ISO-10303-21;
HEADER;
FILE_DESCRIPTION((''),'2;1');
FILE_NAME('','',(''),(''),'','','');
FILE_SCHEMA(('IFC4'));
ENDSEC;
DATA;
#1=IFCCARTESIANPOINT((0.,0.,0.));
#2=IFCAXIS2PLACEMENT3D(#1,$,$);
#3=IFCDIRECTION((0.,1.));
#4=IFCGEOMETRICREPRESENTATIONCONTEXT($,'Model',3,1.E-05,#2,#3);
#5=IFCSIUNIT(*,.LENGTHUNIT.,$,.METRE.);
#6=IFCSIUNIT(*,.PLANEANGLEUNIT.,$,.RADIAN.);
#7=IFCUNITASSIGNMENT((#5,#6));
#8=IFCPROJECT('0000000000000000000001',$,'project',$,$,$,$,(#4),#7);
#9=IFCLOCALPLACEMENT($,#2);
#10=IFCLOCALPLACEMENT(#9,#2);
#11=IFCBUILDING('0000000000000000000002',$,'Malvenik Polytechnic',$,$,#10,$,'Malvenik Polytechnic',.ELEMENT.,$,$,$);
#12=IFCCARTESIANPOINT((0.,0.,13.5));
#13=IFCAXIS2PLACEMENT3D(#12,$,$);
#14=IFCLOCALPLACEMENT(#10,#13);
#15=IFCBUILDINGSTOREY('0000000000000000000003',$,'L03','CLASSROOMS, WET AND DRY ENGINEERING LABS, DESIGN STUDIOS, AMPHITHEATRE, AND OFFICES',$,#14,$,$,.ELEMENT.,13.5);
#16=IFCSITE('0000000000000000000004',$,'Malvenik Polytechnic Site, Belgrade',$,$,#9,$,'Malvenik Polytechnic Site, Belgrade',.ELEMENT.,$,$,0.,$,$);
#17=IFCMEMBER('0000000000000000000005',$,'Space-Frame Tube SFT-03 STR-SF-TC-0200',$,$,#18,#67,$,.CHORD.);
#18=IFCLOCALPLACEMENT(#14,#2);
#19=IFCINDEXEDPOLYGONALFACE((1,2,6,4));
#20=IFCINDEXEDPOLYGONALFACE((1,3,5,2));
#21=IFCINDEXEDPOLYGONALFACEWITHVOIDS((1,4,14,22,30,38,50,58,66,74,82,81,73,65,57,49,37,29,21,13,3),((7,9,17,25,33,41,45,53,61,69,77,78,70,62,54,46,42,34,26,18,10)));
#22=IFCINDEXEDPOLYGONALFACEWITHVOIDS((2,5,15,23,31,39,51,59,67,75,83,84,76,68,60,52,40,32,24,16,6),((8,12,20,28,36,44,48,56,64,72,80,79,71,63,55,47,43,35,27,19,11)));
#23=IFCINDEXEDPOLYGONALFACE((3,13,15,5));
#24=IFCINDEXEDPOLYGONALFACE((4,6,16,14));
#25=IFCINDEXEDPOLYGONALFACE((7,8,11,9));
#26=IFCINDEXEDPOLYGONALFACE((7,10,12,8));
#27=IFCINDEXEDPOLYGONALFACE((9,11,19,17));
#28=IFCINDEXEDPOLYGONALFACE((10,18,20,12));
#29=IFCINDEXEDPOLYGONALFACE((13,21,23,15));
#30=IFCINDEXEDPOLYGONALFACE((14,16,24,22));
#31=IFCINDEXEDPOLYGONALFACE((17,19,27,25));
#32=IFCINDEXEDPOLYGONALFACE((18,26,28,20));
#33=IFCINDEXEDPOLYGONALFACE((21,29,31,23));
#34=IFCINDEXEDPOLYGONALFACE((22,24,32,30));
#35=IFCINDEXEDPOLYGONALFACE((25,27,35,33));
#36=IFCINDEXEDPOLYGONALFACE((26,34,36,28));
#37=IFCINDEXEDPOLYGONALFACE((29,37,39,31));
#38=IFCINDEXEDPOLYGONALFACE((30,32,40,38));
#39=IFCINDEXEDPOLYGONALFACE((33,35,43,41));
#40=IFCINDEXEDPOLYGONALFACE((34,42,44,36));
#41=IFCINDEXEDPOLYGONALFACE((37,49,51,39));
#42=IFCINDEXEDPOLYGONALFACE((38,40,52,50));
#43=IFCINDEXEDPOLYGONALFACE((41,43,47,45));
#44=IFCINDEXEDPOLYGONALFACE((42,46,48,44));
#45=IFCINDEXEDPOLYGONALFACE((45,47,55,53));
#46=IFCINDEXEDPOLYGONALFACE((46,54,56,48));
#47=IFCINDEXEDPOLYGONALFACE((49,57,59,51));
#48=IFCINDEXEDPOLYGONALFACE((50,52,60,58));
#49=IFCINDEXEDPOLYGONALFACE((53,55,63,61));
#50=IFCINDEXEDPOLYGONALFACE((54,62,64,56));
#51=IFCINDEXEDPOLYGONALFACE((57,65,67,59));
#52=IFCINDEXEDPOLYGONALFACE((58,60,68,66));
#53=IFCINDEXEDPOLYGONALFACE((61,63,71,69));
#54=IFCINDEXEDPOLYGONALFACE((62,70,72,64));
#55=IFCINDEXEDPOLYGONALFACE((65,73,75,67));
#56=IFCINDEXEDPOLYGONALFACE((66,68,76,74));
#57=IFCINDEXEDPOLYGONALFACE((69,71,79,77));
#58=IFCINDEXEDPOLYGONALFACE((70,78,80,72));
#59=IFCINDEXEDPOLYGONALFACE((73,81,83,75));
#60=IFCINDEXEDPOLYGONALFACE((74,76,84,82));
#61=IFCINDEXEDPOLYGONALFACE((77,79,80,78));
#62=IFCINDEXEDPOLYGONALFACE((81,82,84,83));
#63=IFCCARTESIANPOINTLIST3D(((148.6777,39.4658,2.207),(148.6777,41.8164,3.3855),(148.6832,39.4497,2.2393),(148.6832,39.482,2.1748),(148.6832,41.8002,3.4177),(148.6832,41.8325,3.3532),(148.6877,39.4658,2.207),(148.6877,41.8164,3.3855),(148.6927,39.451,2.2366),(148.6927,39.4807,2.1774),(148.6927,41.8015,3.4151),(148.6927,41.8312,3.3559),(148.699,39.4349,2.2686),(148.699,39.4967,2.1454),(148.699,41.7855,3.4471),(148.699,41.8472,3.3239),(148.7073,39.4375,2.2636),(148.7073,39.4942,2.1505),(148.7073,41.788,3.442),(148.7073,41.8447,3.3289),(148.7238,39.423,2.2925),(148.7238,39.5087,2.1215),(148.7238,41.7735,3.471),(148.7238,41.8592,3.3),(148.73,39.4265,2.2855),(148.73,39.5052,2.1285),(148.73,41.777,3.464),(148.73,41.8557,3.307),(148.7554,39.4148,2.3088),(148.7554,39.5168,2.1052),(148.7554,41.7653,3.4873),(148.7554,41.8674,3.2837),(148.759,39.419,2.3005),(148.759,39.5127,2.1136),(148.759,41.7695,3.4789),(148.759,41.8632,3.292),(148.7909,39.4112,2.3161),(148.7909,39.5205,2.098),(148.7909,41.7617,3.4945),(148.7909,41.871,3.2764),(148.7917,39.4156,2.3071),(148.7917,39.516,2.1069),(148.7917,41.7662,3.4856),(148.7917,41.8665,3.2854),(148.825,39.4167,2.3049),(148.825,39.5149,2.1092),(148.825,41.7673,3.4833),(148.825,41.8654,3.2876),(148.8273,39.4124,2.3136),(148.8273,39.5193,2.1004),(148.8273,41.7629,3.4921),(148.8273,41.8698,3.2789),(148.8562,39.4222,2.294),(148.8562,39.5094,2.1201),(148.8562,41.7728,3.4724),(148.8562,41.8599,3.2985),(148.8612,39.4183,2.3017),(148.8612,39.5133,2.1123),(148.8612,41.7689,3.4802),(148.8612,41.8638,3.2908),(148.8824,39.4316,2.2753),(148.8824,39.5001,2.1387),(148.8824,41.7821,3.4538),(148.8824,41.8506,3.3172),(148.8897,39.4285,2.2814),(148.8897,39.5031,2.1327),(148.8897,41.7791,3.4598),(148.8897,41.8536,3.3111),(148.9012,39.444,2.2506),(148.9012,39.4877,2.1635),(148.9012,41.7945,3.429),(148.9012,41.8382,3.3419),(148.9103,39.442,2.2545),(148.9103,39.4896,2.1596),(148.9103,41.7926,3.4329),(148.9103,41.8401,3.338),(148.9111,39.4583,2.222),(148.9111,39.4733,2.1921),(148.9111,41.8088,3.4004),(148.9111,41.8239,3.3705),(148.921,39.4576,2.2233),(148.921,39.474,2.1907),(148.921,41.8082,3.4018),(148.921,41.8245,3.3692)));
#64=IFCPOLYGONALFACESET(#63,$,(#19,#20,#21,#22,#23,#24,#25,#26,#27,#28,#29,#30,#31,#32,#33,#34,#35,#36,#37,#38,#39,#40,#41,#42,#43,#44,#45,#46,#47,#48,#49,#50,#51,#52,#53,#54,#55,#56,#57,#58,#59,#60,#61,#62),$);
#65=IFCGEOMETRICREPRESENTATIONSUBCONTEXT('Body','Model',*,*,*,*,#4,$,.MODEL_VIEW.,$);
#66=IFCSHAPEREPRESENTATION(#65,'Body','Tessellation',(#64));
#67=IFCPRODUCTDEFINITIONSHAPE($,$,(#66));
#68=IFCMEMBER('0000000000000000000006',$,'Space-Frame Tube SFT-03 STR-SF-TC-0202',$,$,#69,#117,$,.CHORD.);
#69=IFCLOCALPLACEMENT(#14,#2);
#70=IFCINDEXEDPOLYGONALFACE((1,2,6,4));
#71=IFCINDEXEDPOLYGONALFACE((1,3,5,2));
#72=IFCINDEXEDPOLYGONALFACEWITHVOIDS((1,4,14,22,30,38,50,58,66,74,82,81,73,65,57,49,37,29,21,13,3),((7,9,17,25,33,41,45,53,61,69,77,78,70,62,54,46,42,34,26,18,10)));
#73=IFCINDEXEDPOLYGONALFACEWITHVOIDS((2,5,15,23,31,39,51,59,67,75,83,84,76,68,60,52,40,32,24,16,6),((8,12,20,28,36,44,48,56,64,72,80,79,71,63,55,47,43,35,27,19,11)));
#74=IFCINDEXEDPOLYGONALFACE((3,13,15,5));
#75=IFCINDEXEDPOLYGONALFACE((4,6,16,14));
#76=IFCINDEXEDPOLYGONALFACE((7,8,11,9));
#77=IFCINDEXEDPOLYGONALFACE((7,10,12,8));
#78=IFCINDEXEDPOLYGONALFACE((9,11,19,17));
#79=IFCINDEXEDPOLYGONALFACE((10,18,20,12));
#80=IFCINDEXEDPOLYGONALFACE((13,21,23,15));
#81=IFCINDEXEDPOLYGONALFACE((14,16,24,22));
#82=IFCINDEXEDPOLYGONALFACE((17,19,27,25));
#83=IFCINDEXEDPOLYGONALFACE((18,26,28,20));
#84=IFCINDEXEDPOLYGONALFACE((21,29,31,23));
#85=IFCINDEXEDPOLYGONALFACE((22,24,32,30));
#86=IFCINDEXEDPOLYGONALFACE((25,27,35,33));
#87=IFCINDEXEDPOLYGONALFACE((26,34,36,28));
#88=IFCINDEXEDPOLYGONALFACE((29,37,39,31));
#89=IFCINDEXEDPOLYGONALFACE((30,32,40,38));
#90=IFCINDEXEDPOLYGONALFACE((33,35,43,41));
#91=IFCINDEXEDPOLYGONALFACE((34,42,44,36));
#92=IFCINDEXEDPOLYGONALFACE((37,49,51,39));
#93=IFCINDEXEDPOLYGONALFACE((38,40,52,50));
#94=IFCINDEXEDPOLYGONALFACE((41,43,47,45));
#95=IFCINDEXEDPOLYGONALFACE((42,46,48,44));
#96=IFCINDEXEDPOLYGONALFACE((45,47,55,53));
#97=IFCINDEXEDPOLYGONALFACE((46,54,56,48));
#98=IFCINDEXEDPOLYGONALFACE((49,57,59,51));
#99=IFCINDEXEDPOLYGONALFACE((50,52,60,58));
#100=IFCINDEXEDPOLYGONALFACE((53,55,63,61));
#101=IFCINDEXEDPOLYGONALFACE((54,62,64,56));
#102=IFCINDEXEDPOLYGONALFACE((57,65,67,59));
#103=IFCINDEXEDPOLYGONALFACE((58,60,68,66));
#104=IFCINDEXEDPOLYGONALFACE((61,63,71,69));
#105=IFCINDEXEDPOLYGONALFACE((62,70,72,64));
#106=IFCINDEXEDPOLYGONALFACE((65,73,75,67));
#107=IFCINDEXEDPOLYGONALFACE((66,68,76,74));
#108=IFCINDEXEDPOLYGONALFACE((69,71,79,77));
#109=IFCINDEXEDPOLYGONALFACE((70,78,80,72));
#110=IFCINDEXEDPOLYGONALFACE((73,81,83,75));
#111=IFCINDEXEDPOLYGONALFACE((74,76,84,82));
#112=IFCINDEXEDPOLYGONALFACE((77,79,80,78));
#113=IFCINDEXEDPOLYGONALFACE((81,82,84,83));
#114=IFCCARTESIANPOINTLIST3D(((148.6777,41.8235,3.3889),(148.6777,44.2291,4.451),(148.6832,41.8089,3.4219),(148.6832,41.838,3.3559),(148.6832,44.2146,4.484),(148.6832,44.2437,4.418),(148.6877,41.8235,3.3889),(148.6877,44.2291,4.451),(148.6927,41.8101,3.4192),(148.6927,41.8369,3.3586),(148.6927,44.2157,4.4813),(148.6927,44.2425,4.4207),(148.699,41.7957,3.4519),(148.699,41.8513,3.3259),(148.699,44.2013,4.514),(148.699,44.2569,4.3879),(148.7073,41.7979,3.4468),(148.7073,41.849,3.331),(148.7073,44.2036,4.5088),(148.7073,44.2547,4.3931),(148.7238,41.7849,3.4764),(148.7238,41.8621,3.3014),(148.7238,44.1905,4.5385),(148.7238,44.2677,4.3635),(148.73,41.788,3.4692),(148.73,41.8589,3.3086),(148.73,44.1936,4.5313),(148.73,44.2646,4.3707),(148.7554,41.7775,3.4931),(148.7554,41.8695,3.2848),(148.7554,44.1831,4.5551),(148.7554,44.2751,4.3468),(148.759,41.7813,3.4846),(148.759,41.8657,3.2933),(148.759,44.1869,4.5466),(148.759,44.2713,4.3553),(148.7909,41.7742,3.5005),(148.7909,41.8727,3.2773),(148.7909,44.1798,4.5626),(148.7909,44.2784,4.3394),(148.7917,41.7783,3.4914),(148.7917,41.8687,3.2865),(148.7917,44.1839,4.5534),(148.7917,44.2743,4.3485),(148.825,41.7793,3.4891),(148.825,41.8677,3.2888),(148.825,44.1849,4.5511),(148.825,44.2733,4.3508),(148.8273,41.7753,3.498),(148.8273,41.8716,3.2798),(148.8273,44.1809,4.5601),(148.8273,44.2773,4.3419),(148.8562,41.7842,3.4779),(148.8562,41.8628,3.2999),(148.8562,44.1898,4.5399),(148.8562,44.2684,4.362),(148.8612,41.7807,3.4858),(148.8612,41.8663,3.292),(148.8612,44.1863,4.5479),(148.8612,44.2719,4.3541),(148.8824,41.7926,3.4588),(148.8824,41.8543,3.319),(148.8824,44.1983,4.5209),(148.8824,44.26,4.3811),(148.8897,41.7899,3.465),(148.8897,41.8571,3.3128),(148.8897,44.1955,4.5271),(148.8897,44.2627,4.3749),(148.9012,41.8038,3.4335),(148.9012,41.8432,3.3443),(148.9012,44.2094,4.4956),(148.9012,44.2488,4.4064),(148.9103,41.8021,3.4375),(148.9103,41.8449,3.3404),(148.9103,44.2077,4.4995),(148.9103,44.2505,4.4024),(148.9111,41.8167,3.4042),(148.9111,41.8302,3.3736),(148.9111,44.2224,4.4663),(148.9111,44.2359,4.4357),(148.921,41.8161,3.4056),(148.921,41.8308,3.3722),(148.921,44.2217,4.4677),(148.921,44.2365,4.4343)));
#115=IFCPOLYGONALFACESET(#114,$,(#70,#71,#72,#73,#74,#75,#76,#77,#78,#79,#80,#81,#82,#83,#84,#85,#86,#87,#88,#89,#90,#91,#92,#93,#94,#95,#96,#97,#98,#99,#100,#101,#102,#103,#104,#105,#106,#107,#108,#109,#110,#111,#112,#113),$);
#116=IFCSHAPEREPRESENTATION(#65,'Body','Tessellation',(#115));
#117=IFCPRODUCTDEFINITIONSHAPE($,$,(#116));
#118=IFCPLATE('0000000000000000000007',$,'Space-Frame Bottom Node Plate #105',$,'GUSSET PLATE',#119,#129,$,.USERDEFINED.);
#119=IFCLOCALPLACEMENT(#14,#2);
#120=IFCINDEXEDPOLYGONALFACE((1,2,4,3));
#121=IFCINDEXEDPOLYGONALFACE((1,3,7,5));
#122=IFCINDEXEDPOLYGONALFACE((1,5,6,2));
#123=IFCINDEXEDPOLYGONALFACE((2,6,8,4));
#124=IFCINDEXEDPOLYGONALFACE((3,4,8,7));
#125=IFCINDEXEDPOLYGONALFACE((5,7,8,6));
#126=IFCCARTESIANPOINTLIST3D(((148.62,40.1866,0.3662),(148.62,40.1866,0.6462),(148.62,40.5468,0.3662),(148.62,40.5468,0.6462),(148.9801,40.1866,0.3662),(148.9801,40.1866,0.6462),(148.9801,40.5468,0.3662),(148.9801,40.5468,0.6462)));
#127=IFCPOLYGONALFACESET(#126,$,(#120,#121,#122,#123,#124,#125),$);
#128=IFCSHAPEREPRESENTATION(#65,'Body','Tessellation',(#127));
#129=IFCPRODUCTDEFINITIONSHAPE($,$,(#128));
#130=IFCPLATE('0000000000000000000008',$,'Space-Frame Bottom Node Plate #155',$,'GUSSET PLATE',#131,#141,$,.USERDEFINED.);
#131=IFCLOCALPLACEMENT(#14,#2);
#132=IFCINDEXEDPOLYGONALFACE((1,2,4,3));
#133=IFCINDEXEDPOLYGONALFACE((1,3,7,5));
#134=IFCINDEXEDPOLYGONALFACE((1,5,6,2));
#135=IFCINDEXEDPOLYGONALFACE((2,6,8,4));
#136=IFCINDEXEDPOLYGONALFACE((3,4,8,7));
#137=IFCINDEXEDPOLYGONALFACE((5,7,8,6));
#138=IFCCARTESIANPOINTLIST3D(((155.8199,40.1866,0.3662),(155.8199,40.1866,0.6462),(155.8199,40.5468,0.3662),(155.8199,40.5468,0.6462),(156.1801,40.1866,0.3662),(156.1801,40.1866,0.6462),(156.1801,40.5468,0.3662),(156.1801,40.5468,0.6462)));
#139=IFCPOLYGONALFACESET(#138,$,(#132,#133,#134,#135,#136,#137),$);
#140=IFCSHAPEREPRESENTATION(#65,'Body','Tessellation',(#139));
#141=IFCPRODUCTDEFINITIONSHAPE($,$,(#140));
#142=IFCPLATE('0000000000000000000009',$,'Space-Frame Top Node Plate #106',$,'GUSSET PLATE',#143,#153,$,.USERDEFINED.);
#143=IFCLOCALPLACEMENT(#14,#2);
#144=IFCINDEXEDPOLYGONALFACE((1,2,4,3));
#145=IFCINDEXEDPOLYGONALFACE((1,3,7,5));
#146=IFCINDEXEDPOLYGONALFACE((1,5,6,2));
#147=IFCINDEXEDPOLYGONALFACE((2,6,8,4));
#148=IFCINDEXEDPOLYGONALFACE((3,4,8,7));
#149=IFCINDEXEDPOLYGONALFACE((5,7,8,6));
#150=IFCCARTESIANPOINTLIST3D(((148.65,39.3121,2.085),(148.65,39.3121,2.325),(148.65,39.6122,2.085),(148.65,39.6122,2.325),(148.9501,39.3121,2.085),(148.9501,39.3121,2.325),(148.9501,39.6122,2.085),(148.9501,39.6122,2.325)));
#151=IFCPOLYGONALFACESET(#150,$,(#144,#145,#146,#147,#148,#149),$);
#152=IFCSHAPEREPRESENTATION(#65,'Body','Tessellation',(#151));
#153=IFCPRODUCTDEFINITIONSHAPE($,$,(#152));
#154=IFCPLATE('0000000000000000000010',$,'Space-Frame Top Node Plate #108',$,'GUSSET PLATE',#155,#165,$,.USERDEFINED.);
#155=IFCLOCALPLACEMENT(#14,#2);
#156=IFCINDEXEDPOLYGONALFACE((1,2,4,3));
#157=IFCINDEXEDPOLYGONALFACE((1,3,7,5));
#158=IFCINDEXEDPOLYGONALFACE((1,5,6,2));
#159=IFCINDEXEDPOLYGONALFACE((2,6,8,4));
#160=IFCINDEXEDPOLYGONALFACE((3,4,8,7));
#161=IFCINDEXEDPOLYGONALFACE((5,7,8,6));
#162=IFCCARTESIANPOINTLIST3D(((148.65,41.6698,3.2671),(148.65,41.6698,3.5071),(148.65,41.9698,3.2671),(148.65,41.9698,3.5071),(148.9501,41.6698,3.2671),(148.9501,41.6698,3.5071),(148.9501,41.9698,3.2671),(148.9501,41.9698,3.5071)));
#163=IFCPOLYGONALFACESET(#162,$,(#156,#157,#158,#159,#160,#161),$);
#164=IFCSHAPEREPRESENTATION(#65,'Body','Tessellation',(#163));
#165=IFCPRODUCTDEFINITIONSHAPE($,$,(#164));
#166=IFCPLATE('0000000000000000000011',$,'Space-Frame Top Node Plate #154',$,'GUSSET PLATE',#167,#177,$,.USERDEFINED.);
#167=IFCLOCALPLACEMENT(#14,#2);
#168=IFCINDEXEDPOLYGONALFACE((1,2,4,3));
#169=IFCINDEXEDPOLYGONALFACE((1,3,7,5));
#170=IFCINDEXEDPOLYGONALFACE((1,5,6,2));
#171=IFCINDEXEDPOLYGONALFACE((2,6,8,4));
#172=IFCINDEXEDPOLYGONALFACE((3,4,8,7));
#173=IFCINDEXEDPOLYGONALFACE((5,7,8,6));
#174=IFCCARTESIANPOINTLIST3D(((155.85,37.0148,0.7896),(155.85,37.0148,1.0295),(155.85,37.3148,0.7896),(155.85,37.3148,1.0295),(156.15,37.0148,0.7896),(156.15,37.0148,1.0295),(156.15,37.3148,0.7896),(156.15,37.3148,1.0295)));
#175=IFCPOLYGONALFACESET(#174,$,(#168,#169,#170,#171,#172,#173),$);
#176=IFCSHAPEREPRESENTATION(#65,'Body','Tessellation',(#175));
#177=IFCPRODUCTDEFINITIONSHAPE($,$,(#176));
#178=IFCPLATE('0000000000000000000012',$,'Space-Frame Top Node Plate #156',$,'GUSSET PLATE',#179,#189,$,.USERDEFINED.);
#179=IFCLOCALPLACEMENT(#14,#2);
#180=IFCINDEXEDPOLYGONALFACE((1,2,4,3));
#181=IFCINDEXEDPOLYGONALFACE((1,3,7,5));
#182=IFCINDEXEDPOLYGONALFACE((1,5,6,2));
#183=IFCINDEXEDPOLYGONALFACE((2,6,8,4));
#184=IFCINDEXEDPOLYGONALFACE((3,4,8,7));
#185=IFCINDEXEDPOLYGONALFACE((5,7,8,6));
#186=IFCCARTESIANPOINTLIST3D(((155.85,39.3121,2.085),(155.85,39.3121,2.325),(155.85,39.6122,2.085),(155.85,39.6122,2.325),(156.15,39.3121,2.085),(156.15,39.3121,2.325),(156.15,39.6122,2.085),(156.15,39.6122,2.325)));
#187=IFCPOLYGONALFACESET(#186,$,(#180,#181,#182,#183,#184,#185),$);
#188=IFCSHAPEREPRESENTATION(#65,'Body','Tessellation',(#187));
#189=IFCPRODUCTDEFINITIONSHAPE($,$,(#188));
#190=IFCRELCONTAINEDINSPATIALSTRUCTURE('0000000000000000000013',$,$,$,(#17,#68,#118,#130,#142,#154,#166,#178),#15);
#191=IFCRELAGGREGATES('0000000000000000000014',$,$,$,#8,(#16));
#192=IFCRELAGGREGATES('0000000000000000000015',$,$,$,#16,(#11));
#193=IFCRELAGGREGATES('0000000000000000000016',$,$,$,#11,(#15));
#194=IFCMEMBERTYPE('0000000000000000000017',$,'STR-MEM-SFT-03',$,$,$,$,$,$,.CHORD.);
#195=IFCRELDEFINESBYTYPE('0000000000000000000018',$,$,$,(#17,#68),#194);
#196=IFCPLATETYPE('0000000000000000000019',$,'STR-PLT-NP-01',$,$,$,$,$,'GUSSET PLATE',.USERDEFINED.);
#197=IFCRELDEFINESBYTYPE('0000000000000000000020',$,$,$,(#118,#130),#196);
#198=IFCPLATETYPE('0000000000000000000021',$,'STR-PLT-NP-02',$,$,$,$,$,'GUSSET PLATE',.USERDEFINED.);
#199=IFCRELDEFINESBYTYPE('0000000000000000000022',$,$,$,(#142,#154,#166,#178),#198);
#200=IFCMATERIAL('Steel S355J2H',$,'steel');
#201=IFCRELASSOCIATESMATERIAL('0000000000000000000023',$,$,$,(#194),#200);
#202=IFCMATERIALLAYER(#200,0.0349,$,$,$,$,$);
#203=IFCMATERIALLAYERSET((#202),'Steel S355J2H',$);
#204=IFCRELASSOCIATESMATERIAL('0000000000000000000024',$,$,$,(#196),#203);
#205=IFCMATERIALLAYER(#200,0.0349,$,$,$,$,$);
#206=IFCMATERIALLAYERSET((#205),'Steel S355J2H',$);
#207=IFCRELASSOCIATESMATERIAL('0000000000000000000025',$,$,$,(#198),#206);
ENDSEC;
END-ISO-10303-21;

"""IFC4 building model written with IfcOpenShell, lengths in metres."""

from ifc_helpers import new_model, si_unit, direction, frame, origin, origin_2d, place, context, subcontext, project, spatial, rectangle, hollow_circle, extrude, material, layer, layer_set, material_profile, profile_set, type_object, element, save


model = new_model("IFC4")

# Units and contexts
model_context = context("Model", 3, precision=1e-05, world=origin(), true_north=direction((0.0, 1.0)))
body_context = subcontext(model_context, "Body", "Model", "MODEL_VIEW")
ifc_project = project(units=[si_unit("LENGTHUNIT", "METRE"), si_unit("PLANEANGLEUNIT", "RADIAN")], contexts=[model_context])

# Site, building, storey
site_placement = place(None, origin())
site = spatial("IfcSite", under=ifc_project, at=site_placement, Name="Malvenik Polytechnic Site, Belgrade", LongName="Malvenik Polytechnic Site, Belgrade", CompositionType="ELEMENT", RefElevation=0.0)
building_placement = place(site_placement, origin())
building = spatial("IfcBuilding", under=site, at=building_placement, Name="Malvenik Polytechnic", LongName="Malvenik Polytechnic", CompositionType="ELEMENT")
storey_placement = place(building_placement, frame((0.0, 0.0, 13.5)))
storey = spatial("IfcBuildingStorey", under=building, at=storey_placement, Name="L03", Description="CLASSROOMS, WET AND DRY ENGINEERING LABS, DESIGN STUDIOS, AMPHITHEATRE, AND OFFICES", CompositionType="ELEMENT", Elevation=13.5)

# Members
ifc_material_1 = material(Name="Steel S355J2H", Category="steel")
ifc_material_profile_1 = material_profile(ifc_material_1, hollow_circle(Radius=0.1223, WallThickness=0.01, at=origin_2d()), Name="CHS 244.5x10.0")
ifc_profile_set_1 = profile_set([ifc_material_profile_1], Name="Steel S355J2H")
member_type_1 = type_object("IfcMemberType", Name="STR-MEM-SFT-03", PredefinedType="CHORD", material=ifc_profile_set_1)
member_1_placement = place(storey_placement, frame((148.8, 39.4658, 2.207), z_axis=(0.0, 0.893944, 0.448179), x_axis=(-1.0, 0.0, 0.0)))
element("IfcMember", 1, at=member_1_placement, inside=storey, type_object=member_type_1, Name="Space-Frame Tube SFT-03 STR-SF-TC-0200", PredefinedType="CHORD", context=body_context, shape_type="SweptSolid", body=[
    extrude(hollow_circle(Radius=0.1223, WallThickness=0.01, at=origin_2d()), origin(), (0.0, 0.0, 1.0), 2.6294),
])
member_2_placement = place(storey_placement, frame((148.8, 41.8235, 3.3889), z_axis=(0.0, 0.914812, 0.40388), x_axis=(-1.0, 0.0, 0.0)))
element("IfcMember", 2, at=member_2_placement, inside=storey, type_object=member_type_1, Name="Space-Frame Tube SFT-03 STR-SF-TC-0202", PredefinedType="CHORD", context=body_context, shape_type="SweptSolid", body=[
    extrude(hollow_circle(Radius=0.1223, WallThickness=0.01, at=origin_2d()), origin(), (0.0, 0.0, 1.0), 2.6296),
])

# Plates
ifc_layer_1 = layer(ifc_material_1, 0.0349)
ifc_layer_set_1 = layer_set([ifc_layer_1], Name="Steel S355J2H")
plate_type_1 = type_object("IfcPlateType", Name="STR-PLT-NP-01", ElementType="GUSSET PLATE", PredefinedType="USERDEFINED", material=ifc_layer_set_1)
for number, where, z_axis, x_axis, name in (
    (3, (148.8, 40.3667, 0.3662), (0.0, 0.0, 1.0), (1.0, 0.0, 0.0), "Space-Frame Bottom Node Plate #105"),
    (4, (156.0, 40.3667, 0.3662), (0.0, 0.0, 1.0), (1.0, 0.0, 0.0), "Space-Frame Bottom Node Plate #155"),
):
    element("IfcPlate", number, at=place(storey_placement, frame(where, z_axis=z_axis, x_axis=x_axis)), inside=storey, type_object=plate_type_1, Name=name, ObjectType="GUSSET PLATE", PredefinedType="USERDEFINED", context=body_context, shape_type="SweptSolid", body=[
        extrude(rectangle(XDim=0.3601, YDim=0.3601, at=origin_2d()), origin(), (0.0, 0.0, 1.0), 0.28),
    ])
ifc_layer_2 = layer(ifc_material_1, 0.0349)
ifc_layer_set_2 = layer_set([ifc_layer_2], Name="Steel S355J2H")
plate_type_2 = type_object("IfcPlateType", Name="STR-PLT-NP-02", ElementType="GUSSET PLATE", PredefinedType="USERDEFINED", material=ifc_layer_set_2)
for number, where, z_axis, x_axis, name in (
    (5, (148.8, 39.4622, 2.085), (0.0, 0.0, 1.0), (1.0, 0.0, 0.0), "Space-Frame Top Node Plate #106"),
    (6, (148.8, 41.8198, 3.2671), (0.0, 0.0, 1.0), (1.0, 0.0, 0.0), "Space-Frame Top Node Plate #108"),
    (7, (156.0, 37.1648, 0.7896), (0.0, 0.0, 1.0), (1.0, 0.0, 0.0), "Space-Frame Top Node Plate #154"),
    (8, (156.0, 39.4622, 2.085), (0.0, 0.0, 1.0), (1.0, 0.0, 0.0), "Space-Frame Top Node Plate #156"),
):
    element("IfcPlate", number, at=place(storey_placement, frame(where, z_axis=z_axis, x_axis=x_axis)), inside=storey, type_object=plate_type_2, Name=name, ObjectType="GUSSET PLATE", PredefinedType="USERDEFINED", context=body_context, shape_type="SweptSolid", body=[
        extrude(rectangle(XDim=0.3, YDim=0.3, at=origin_2d()), origin(), (0.0, 0.0, 1.0), 0.24),
    ])

save(model, "model.ifc")
